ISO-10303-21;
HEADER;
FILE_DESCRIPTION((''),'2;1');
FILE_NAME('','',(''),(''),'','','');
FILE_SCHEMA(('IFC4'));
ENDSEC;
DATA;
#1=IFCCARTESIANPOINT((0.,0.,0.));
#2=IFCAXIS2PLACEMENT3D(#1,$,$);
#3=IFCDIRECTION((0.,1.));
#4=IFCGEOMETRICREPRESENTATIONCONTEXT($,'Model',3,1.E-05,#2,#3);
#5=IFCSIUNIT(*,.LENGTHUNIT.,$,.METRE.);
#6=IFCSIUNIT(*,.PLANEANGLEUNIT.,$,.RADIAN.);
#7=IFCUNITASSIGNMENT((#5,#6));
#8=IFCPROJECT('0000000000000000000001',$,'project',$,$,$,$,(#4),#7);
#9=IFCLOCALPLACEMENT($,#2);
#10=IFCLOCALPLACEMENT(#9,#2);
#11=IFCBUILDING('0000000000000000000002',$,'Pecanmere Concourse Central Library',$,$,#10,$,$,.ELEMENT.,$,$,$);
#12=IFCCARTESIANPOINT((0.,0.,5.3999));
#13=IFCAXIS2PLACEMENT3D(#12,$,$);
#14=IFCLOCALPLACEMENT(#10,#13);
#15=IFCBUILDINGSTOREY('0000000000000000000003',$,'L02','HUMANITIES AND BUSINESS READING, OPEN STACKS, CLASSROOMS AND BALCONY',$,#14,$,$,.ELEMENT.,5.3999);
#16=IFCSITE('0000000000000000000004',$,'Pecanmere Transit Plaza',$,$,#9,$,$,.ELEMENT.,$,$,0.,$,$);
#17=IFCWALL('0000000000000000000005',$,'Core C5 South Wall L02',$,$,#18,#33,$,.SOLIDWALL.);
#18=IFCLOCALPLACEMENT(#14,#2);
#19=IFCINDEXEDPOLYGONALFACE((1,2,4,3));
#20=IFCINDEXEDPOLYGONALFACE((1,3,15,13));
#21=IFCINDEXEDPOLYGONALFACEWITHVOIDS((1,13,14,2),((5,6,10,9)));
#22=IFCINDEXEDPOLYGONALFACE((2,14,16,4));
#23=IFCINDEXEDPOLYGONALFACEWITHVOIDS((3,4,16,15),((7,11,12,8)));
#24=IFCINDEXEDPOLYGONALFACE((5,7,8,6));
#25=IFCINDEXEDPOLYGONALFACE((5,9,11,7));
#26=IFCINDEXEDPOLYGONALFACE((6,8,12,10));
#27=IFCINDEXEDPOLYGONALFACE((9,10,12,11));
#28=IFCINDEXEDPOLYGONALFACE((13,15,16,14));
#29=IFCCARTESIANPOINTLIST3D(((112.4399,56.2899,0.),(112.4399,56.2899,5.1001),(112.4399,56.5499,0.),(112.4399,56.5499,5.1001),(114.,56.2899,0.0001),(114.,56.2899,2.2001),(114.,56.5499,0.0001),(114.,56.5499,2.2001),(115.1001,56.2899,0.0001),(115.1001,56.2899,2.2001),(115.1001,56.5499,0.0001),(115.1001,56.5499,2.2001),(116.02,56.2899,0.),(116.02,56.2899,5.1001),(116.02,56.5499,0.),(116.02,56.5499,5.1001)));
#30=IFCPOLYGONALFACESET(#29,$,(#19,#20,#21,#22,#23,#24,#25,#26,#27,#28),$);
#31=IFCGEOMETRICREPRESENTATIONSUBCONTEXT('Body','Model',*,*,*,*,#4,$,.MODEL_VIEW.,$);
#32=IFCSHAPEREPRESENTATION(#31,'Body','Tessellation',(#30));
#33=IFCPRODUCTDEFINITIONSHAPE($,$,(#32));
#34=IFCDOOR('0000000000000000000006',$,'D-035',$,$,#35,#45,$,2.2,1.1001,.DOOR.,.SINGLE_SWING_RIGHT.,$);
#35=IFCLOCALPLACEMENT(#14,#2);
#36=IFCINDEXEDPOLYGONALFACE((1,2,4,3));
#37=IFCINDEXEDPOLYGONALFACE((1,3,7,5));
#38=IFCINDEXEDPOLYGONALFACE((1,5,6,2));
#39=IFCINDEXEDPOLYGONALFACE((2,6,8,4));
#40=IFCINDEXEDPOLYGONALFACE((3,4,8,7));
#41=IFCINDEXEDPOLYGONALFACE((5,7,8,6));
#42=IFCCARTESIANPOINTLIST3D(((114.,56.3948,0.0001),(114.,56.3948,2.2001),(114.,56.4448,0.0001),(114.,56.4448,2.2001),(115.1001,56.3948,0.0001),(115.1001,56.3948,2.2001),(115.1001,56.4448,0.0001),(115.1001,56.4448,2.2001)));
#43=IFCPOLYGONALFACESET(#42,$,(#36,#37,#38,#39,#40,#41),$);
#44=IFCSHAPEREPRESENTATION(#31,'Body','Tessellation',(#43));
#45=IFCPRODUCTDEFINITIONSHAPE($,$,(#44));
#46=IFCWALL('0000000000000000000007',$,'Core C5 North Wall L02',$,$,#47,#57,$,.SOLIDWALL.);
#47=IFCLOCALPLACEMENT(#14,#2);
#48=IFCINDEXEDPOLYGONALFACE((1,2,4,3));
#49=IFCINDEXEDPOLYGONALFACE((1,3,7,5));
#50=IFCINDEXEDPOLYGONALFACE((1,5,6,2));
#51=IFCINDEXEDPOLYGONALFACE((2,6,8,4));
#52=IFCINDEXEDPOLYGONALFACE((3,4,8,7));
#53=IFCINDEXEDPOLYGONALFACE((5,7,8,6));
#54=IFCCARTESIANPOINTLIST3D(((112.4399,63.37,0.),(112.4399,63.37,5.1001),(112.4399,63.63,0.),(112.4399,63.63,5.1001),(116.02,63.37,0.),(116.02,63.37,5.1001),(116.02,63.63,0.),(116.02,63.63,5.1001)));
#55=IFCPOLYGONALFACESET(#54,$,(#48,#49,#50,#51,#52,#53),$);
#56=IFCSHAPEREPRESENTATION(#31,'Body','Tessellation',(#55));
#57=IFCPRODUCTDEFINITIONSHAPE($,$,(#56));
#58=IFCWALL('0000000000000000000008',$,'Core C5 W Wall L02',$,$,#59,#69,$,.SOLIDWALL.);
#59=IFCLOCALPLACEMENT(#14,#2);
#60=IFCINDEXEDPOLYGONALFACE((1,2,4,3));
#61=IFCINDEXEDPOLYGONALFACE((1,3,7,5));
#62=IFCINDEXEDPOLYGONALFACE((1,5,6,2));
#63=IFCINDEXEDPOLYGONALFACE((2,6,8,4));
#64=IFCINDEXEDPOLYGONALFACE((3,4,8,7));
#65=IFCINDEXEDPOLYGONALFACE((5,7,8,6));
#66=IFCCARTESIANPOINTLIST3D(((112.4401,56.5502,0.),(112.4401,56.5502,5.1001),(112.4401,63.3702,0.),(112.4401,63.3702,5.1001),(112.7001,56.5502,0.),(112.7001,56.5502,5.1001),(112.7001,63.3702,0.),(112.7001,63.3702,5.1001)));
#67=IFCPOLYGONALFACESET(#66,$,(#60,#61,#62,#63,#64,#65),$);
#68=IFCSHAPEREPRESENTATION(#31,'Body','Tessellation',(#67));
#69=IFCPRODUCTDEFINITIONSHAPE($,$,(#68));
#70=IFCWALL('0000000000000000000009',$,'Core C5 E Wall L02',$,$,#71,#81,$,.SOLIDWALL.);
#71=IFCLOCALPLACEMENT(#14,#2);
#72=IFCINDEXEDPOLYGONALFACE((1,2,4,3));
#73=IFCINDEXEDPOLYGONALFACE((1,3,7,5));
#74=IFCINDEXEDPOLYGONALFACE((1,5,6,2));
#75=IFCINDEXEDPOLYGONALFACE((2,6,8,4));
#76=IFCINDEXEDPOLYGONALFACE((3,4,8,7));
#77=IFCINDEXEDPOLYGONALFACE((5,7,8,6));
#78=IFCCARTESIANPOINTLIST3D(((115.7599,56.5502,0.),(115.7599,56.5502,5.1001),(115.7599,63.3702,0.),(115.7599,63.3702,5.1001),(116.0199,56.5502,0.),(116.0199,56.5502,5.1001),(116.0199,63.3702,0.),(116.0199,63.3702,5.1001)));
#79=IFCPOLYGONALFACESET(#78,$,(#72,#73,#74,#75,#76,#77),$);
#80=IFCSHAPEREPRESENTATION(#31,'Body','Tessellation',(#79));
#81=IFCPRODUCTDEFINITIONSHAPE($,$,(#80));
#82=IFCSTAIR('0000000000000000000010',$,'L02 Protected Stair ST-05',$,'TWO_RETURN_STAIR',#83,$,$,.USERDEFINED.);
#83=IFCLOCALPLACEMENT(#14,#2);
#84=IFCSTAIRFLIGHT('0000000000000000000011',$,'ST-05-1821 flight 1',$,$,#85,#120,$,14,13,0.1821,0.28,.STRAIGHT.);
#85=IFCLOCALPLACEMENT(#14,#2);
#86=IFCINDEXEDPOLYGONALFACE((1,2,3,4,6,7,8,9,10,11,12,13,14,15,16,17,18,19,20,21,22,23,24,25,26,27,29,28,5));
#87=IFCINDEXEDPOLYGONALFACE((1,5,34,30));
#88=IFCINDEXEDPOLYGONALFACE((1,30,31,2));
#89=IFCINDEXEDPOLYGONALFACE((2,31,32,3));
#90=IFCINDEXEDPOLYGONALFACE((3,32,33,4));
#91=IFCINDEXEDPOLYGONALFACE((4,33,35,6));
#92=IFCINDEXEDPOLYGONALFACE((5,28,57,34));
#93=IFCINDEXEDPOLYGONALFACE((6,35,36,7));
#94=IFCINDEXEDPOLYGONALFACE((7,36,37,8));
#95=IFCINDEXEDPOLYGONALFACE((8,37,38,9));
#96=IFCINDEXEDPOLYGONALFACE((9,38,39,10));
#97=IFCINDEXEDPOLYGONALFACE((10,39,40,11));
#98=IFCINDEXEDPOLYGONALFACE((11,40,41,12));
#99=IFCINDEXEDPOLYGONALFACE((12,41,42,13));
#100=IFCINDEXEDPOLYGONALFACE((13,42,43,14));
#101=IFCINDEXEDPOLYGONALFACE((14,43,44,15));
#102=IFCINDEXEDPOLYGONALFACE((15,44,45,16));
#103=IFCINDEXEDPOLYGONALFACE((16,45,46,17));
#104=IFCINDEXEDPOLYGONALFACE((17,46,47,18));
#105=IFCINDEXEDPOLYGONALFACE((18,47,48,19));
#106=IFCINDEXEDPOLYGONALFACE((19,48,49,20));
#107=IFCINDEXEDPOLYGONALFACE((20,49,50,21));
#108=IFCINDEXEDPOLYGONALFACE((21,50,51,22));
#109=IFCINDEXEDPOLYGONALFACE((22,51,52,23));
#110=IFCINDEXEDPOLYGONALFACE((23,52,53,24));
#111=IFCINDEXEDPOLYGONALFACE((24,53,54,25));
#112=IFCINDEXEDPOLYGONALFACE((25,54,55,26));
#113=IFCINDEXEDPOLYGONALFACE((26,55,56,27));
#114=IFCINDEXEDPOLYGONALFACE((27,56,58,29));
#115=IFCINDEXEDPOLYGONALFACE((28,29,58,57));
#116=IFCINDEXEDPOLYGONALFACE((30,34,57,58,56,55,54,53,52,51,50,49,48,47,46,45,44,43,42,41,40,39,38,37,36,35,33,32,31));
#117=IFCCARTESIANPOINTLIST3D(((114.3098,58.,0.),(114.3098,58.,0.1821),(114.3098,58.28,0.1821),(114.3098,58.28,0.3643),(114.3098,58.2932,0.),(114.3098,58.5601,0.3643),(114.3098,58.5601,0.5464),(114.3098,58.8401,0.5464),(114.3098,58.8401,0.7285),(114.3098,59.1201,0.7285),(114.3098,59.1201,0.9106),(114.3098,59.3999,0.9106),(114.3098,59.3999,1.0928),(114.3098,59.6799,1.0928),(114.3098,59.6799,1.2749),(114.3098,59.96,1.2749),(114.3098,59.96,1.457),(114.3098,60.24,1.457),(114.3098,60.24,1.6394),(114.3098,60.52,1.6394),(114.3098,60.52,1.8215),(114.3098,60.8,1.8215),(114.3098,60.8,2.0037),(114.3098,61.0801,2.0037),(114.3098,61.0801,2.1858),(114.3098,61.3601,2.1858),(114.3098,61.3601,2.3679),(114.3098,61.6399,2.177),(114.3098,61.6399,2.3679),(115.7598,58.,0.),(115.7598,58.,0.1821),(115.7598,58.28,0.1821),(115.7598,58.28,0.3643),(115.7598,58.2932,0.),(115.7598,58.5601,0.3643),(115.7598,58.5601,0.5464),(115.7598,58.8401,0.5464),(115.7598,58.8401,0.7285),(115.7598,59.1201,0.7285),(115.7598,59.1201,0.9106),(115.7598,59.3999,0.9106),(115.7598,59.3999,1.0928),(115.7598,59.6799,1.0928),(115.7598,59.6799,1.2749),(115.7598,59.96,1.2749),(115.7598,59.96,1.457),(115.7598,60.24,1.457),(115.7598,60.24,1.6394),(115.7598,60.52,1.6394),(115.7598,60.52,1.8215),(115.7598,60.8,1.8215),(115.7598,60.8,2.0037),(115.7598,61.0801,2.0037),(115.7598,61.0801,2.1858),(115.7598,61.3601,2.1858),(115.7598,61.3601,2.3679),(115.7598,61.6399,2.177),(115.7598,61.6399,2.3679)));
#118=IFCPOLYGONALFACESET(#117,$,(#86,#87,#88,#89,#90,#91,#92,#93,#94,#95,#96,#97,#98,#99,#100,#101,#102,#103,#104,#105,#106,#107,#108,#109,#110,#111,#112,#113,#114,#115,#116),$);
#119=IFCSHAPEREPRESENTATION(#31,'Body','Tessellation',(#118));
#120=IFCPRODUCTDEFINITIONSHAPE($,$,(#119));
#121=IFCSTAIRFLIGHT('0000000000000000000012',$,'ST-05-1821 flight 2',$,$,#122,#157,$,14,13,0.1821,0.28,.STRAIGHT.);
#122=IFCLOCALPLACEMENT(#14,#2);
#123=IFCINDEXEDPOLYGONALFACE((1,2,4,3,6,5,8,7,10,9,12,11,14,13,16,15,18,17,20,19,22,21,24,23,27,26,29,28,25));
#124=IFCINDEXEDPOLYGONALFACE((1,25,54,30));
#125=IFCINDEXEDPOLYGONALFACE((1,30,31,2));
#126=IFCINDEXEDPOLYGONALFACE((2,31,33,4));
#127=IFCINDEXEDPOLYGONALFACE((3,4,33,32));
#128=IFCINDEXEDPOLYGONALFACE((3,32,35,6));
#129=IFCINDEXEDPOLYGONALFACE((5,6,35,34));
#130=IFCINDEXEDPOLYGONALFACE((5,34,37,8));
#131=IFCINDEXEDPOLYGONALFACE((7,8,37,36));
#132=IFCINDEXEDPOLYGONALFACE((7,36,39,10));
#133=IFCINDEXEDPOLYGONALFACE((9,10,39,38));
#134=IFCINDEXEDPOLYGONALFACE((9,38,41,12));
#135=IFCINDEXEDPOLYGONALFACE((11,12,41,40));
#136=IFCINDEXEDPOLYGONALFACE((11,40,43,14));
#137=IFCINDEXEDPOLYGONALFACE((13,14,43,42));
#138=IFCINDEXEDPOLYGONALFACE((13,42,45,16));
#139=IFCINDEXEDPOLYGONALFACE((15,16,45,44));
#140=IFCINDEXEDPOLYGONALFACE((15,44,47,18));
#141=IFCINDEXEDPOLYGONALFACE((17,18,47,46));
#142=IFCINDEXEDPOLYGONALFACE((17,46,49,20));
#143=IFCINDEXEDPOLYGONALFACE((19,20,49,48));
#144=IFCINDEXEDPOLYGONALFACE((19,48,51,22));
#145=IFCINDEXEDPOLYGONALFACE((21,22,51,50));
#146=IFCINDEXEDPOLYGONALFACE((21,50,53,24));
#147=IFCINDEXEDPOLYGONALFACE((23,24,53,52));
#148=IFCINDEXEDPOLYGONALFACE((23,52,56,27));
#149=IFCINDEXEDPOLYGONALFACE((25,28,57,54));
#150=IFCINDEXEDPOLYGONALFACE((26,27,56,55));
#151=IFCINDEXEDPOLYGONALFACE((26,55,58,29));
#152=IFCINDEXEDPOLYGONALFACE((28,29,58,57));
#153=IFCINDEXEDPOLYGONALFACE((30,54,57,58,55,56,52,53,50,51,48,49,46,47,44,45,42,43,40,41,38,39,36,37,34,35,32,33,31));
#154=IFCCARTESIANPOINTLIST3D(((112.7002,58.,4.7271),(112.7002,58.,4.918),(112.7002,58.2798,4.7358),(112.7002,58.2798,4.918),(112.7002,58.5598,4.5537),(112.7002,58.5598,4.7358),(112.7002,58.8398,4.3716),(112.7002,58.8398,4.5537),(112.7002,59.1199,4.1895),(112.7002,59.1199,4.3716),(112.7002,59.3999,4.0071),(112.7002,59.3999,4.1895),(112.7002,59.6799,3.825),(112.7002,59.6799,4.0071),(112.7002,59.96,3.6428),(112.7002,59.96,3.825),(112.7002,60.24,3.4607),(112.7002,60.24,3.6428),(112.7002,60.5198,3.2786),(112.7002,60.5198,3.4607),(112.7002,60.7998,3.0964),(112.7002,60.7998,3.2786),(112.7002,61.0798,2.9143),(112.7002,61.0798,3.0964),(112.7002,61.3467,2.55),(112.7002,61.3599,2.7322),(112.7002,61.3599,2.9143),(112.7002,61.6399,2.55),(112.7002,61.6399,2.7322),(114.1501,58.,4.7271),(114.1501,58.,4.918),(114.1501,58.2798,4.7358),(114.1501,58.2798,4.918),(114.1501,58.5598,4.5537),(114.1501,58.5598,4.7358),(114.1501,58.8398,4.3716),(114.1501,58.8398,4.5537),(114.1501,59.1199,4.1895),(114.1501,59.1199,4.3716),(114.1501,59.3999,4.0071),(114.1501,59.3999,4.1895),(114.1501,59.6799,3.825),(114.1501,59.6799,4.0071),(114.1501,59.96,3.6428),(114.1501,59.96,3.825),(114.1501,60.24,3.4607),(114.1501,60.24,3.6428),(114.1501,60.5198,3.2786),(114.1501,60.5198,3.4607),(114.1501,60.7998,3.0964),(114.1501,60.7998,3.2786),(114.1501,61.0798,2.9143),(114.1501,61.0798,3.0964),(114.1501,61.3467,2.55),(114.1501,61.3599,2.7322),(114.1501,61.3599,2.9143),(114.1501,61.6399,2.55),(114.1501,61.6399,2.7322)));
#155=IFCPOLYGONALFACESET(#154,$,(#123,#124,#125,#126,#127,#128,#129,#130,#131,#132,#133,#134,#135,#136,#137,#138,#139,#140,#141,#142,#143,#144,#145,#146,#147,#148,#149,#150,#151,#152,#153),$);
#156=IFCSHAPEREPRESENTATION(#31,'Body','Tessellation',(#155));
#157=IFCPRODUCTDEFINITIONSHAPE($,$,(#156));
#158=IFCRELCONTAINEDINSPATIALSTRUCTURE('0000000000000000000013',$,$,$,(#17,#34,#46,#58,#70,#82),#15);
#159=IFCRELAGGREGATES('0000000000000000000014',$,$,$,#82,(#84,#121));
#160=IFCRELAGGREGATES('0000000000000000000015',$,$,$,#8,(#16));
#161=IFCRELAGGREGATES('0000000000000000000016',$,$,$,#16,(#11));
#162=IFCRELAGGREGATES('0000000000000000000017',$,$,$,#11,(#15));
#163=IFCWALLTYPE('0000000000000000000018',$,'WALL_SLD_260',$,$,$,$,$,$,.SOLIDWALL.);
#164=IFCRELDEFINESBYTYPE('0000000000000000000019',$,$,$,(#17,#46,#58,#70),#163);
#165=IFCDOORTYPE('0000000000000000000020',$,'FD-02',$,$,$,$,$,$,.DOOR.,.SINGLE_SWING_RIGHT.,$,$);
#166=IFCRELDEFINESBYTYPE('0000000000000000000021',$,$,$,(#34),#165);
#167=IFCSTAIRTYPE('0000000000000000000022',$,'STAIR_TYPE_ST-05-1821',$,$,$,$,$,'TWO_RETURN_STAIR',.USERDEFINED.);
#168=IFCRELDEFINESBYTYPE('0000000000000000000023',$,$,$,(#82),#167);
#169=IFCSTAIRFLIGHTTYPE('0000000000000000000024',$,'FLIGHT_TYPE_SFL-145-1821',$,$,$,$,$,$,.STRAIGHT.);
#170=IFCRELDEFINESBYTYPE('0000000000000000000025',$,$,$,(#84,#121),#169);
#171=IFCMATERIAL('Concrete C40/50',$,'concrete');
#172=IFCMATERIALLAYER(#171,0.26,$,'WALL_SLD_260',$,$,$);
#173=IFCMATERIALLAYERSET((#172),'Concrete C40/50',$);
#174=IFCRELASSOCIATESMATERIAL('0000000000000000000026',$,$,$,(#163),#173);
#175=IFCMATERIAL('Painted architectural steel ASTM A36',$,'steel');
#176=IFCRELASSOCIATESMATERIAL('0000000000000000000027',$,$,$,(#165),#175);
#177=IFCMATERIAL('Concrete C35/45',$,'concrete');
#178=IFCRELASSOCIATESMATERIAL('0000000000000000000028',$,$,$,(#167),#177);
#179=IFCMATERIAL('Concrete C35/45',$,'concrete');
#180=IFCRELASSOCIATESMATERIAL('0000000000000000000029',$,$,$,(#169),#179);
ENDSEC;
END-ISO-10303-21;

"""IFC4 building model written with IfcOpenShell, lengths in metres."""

from ifc_helpers import new_model, si_unit, direction, frame, frame_2d, origin, place, context, subcontext, project, spatial, polyline, rectangle, outline, extrude, material, layer, layer_set, type_object, element, fill, aggregate, save


model = new_model("IFC4")

# Units and contexts
model_context = context("Model", 3, precision=1e-05, world=origin(), true_north=direction((0.0, 1.0)))
body_context = subcontext(model_context, "Body", "Model", "MODEL_VIEW")
ifc_project = project(units=[si_unit("LENGTHUNIT", "METRE"), si_unit("PLANEANGLEUNIT", "RADIAN")], contexts=[model_context])

# Site, building, storey
site_placement = place(None, origin())
site = spatial("IfcSite", under=ifc_project, at=site_placement, Name="Pecanmere Transit Plaza", CompositionType="ELEMENT", RefElevation=0.0)
building_placement = place(site_placement, origin())
building = spatial("IfcBuilding", under=site, at=building_placement, Name="Pecanmere Concourse Central Library", CompositionType="ELEMENT")
storey_placement = place(building_placement, frame((0.0, 0.0, 5.3999)))
storey = spatial("IfcBuildingStorey", under=building, at=storey_placement, Name="L02", Description="HUMANITIES AND BUSINESS READING, OPEN STACKS, CLASSROOMS AND BALCONY", CompositionType="ELEMENT", Elevation=5.3999)

# Wall, opening, door
ifc_material_1 = material(Name="Concrete C40/50", Category="concrete")
ifc_layer_1 = layer(ifc_material_1, 0.26, Name="WALL_SLD_260")
ifc_layer_set_1 = layer_set([ifc_layer_1], Name="Concrete C40/50")
wall_type_1 = type_object("IfcWallType", Name="WALL_SLD_260", PredefinedType="SOLIDWALL", material=ifc_layer_set_1)
wall_1_placement = place(storey_placement, frame((112.4399, 56.4199, 0.0), z_axis=(0.0, 0.0, 1.0), x_axis=(1.0, 0.0, 0.0)))
wall_1 = element("IfcWall", 1, at=wall_1_placement, inside=storey, type_object=wall_type_1, Name="Core C5 South Wall L02", PredefinedType="SOLIDWALL", context=body_context, shape_type="SweptSolid", body=[
    extrude(rectangle(XDim=3.5801, YDim=0.26, at=frame_2d((1.79, 0.0))), origin(), (0.0, 0.0, 1.0), 5.1001),
])
opening_1_placement = place(wall_1_placement, frame((1.5601, 0.0, 0.0)))
opening_1 = element("IfcOpeningElement", 2, at=opening_1_placement, cuts=wall_1, PredefinedType="OPENING", context=body_context, shape_type="SweptSolid", body=[
    extrude(rectangle(XDim=1.1001, YDim=2.2, at=frame_2d((0.55, 1.1001))), frame((0.0, 0.1421, 0.0), z_axis=(0.0, -1.0, 0.0), x_axis=(1.0, 0.0, 0.0)), (0.0, 0.0, 1.0), 0.2839),
])
ifc_material_2 = material(Name="Painted architectural steel ASTM A36", Category="steel")
door_type_1 = type_object("IfcDoorType", Name="FD-02", OperationType="SINGLE_SWING_RIGHT", PredefinedType="DOOR", material=ifc_material_2)
door_1_placement = place(opening_1_placement, origin())
door_1 = element("IfcDoor", 3, at=door_1_placement, inside=storey, type_object=door_type_1, Name="D-035", OperationType="SINGLE_SWING_RIGHT", OverallHeight=2.2, OverallWidth=1.1001, PredefinedType="DOOR", context=body_context, shape_type="SweptSolid", body=[
    extrude(rectangle(XDim=1.1001, YDim=2.2, at=frame_2d((0.55, 1.1001))), frame((0.0, 0.0249, 0.0), z_axis=(0.0, -1.0, 0.0), x_axis=(1.0, 0.0, 0.0)), (0.0, 0.0, 1.0), 0.05),
])
fill(opening_1, door_1)

# Walls
wall_2_placement = place(storey_placement, frame((112.4399, 63.5, 0.0), z_axis=(0.0, 0.0, 1.0), x_axis=(1.0, 0.0, 0.0)))
element("IfcWall", 4, at=wall_2_placement, inside=storey, type_object=wall_type_1, Name="Core C5 North Wall L02", PredefinedType="SOLIDWALL", context=body_context, shape_type="SweptSolid", body=[
    extrude(rectangle(XDim=3.5801, YDim=0.26, at=frame_2d((1.79, 0.0))), origin(), (0.0, 0.0, 1.0), 5.1001),
])
for number, where, z_axis, x_axis, name in (
    (5, (112.5701, 56.55, 0.0), (0.0, 0.0, 1.0), (0.0, 1.0, 0.0), "Core C5 W Wall L02"),
    (6, (115.8899, 56.55, 0.0), (0.0, 0.0, 1.0), (0.0, 1.0, 0.0), "Core C5 E Wall L02"),
):
    element("IfcWall", number, at=place(storey_placement, frame(where, z_axis=z_axis, x_axis=x_axis)), inside=storey, type_object=wall_type_1, Name=name, PredefinedType="SOLIDWALL", context=body_context, shape_type="SweptSolid", body=[
        extrude(rectangle(XDim=6.8201, YDim=0.26, at=frame_2d((3.4102, 0.0))), origin(), (0.0, 0.0, 1.0), 5.1001),
    ])

# Stair, stair flights
ifc_material_3 = material(Name="Concrete C35/45", Category="concrete")
stair_type = type_object("IfcStairType", Name="STAIR_TYPE_ST-05-1821", ElementType="TWO_RETURN_STAIR", PredefinedType="USERDEFINED", material=ifc_material_3)
stair_placement = place(storey_placement, origin())
stair = element("IfcStair", 7, at=stair_placement, inside=storey, type_object=stair_type, Name="L02 Protected Stair ST-05", ObjectType="TWO_RETURN_STAIR", PredefinedType="USERDEFINED")
ifc_material_4 = material(Name="Concrete C35/45", Category="concrete")
stair_flight_type = type_object("IfcStairFlightType", Name="FLIGHT_TYPE_SFL-145-1821", PredefinedType="STRAIGHT", material=ifc_material_4)
stair_flight_1_placement = place(storey_placement, frame((115.0349, 58.0, 0.0), z_axis=(0.0, 0.0, 1.0), x_axis=(0.0, 1.0, 0.0)))
stair_flight_1 = element("IfcStairFlight", 8, at=stair_flight_1_placement, type_object=stair_flight_type, Name="ST-05-1821 flight 1", NumberOfRisers=14, NumberOfTreads=13, PredefinedType="STRAIGHT", RiserHeight=0.1821, TreadLength=0.28, context=body_context, shape_type="SweptSolid", body=[
    extrude(outline(polyline([(0.0, 0.0), (0.0, 0.1821), (0.28, 0.1821), (0.28, 0.3643), (0.5601, 0.3643), (0.5601, 0.5464), (0.8401, 0.5464), (0.8401, 0.7285), (1.1201, 0.7285), (1.1201, 0.9106), (1.3999, 0.9106), (1.3999, 1.0928), (1.6799, 1.0928), (1.6799, 1.2749), (1.96, 1.2749), (1.96, 1.457), (2.24, 1.457), (2.24, 1.6394), (2.52, 1.6394), (2.52, 1.8215), (2.8, 1.8215), (2.8, 2.0037), (3.0801, 2.0037), (3.0801, 2.1858), (3.3601, 2.1858), (3.3601, 2.3679), (3.6399, 2.3679), (3.6399, 2.55), (3.6399, 2.177), (0.2932, 0.0), (0.0, 0.0)])), frame((0.0, 0.7251, 0.0), z_axis=(0.0, -1.0, 0.0), x_axis=(1.0, 0.0, 0.0)), (0.0, 0.0, 1.0), 1.45),
])
stair_flight_2_placement = place(storey_placement, frame((113.425, 61.6399, 2.55), z_axis=(0.0, 0.0, 1.0), x_axis=(0.0, -1.0, 0.0)))
stair_flight_2 = element("IfcStairFlight", 9, at=stair_flight_2_placement, type_object=stair_flight_type, Name="ST-05-1821 flight 2", NumberOfRisers=14, NumberOfTreads=13, PredefinedType="STRAIGHT", RiserHeight=0.1821, TreadLength=0.28, context=body_context, shape_type="SweptSolid", body=[
    extrude(outline(polyline([(0.0, 0.0), (0.0, 0.1821), (0.28, 0.1821), (0.28, 0.3643), (0.5601, 0.3643), (0.5601, 0.5464), (0.8401, 0.5464), (0.8401, 0.7285), (1.1201, 0.7285), (1.1201, 0.9106), (1.3999, 0.9106), (1.3999, 1.0928), (1.6799, 1.0928), (1.6799, 1.2749), (1.96, 1.2749), (1.96, 1.457), (2.24, 1.457), (2.24, 1.6394), (2.52, 1.6394), (2.52, 1.8215), (2.8, 1.8215), (2.8, 2.0037), (3.0801, 2.0037), (3.0801, 2.1858), (3.3601, 2.1858), (3.3601, 2.3679), (3.6399, 2.3679), (3.6399, 2.55), (3.6399, 2.177), (0.2932, 0.0), (0.0, 0.0)])), frame((0.0, 0.7251, 0.0), z_axis=(0.0, -1.0, 0.0), x_axis=(1.0, 0.0, 0.0)), (0.0, 0.0, 1.0), 1.45),
])
aggregate(stair, [stair_flight_1, stair_flight_2])

save(model, "model.ifc")
